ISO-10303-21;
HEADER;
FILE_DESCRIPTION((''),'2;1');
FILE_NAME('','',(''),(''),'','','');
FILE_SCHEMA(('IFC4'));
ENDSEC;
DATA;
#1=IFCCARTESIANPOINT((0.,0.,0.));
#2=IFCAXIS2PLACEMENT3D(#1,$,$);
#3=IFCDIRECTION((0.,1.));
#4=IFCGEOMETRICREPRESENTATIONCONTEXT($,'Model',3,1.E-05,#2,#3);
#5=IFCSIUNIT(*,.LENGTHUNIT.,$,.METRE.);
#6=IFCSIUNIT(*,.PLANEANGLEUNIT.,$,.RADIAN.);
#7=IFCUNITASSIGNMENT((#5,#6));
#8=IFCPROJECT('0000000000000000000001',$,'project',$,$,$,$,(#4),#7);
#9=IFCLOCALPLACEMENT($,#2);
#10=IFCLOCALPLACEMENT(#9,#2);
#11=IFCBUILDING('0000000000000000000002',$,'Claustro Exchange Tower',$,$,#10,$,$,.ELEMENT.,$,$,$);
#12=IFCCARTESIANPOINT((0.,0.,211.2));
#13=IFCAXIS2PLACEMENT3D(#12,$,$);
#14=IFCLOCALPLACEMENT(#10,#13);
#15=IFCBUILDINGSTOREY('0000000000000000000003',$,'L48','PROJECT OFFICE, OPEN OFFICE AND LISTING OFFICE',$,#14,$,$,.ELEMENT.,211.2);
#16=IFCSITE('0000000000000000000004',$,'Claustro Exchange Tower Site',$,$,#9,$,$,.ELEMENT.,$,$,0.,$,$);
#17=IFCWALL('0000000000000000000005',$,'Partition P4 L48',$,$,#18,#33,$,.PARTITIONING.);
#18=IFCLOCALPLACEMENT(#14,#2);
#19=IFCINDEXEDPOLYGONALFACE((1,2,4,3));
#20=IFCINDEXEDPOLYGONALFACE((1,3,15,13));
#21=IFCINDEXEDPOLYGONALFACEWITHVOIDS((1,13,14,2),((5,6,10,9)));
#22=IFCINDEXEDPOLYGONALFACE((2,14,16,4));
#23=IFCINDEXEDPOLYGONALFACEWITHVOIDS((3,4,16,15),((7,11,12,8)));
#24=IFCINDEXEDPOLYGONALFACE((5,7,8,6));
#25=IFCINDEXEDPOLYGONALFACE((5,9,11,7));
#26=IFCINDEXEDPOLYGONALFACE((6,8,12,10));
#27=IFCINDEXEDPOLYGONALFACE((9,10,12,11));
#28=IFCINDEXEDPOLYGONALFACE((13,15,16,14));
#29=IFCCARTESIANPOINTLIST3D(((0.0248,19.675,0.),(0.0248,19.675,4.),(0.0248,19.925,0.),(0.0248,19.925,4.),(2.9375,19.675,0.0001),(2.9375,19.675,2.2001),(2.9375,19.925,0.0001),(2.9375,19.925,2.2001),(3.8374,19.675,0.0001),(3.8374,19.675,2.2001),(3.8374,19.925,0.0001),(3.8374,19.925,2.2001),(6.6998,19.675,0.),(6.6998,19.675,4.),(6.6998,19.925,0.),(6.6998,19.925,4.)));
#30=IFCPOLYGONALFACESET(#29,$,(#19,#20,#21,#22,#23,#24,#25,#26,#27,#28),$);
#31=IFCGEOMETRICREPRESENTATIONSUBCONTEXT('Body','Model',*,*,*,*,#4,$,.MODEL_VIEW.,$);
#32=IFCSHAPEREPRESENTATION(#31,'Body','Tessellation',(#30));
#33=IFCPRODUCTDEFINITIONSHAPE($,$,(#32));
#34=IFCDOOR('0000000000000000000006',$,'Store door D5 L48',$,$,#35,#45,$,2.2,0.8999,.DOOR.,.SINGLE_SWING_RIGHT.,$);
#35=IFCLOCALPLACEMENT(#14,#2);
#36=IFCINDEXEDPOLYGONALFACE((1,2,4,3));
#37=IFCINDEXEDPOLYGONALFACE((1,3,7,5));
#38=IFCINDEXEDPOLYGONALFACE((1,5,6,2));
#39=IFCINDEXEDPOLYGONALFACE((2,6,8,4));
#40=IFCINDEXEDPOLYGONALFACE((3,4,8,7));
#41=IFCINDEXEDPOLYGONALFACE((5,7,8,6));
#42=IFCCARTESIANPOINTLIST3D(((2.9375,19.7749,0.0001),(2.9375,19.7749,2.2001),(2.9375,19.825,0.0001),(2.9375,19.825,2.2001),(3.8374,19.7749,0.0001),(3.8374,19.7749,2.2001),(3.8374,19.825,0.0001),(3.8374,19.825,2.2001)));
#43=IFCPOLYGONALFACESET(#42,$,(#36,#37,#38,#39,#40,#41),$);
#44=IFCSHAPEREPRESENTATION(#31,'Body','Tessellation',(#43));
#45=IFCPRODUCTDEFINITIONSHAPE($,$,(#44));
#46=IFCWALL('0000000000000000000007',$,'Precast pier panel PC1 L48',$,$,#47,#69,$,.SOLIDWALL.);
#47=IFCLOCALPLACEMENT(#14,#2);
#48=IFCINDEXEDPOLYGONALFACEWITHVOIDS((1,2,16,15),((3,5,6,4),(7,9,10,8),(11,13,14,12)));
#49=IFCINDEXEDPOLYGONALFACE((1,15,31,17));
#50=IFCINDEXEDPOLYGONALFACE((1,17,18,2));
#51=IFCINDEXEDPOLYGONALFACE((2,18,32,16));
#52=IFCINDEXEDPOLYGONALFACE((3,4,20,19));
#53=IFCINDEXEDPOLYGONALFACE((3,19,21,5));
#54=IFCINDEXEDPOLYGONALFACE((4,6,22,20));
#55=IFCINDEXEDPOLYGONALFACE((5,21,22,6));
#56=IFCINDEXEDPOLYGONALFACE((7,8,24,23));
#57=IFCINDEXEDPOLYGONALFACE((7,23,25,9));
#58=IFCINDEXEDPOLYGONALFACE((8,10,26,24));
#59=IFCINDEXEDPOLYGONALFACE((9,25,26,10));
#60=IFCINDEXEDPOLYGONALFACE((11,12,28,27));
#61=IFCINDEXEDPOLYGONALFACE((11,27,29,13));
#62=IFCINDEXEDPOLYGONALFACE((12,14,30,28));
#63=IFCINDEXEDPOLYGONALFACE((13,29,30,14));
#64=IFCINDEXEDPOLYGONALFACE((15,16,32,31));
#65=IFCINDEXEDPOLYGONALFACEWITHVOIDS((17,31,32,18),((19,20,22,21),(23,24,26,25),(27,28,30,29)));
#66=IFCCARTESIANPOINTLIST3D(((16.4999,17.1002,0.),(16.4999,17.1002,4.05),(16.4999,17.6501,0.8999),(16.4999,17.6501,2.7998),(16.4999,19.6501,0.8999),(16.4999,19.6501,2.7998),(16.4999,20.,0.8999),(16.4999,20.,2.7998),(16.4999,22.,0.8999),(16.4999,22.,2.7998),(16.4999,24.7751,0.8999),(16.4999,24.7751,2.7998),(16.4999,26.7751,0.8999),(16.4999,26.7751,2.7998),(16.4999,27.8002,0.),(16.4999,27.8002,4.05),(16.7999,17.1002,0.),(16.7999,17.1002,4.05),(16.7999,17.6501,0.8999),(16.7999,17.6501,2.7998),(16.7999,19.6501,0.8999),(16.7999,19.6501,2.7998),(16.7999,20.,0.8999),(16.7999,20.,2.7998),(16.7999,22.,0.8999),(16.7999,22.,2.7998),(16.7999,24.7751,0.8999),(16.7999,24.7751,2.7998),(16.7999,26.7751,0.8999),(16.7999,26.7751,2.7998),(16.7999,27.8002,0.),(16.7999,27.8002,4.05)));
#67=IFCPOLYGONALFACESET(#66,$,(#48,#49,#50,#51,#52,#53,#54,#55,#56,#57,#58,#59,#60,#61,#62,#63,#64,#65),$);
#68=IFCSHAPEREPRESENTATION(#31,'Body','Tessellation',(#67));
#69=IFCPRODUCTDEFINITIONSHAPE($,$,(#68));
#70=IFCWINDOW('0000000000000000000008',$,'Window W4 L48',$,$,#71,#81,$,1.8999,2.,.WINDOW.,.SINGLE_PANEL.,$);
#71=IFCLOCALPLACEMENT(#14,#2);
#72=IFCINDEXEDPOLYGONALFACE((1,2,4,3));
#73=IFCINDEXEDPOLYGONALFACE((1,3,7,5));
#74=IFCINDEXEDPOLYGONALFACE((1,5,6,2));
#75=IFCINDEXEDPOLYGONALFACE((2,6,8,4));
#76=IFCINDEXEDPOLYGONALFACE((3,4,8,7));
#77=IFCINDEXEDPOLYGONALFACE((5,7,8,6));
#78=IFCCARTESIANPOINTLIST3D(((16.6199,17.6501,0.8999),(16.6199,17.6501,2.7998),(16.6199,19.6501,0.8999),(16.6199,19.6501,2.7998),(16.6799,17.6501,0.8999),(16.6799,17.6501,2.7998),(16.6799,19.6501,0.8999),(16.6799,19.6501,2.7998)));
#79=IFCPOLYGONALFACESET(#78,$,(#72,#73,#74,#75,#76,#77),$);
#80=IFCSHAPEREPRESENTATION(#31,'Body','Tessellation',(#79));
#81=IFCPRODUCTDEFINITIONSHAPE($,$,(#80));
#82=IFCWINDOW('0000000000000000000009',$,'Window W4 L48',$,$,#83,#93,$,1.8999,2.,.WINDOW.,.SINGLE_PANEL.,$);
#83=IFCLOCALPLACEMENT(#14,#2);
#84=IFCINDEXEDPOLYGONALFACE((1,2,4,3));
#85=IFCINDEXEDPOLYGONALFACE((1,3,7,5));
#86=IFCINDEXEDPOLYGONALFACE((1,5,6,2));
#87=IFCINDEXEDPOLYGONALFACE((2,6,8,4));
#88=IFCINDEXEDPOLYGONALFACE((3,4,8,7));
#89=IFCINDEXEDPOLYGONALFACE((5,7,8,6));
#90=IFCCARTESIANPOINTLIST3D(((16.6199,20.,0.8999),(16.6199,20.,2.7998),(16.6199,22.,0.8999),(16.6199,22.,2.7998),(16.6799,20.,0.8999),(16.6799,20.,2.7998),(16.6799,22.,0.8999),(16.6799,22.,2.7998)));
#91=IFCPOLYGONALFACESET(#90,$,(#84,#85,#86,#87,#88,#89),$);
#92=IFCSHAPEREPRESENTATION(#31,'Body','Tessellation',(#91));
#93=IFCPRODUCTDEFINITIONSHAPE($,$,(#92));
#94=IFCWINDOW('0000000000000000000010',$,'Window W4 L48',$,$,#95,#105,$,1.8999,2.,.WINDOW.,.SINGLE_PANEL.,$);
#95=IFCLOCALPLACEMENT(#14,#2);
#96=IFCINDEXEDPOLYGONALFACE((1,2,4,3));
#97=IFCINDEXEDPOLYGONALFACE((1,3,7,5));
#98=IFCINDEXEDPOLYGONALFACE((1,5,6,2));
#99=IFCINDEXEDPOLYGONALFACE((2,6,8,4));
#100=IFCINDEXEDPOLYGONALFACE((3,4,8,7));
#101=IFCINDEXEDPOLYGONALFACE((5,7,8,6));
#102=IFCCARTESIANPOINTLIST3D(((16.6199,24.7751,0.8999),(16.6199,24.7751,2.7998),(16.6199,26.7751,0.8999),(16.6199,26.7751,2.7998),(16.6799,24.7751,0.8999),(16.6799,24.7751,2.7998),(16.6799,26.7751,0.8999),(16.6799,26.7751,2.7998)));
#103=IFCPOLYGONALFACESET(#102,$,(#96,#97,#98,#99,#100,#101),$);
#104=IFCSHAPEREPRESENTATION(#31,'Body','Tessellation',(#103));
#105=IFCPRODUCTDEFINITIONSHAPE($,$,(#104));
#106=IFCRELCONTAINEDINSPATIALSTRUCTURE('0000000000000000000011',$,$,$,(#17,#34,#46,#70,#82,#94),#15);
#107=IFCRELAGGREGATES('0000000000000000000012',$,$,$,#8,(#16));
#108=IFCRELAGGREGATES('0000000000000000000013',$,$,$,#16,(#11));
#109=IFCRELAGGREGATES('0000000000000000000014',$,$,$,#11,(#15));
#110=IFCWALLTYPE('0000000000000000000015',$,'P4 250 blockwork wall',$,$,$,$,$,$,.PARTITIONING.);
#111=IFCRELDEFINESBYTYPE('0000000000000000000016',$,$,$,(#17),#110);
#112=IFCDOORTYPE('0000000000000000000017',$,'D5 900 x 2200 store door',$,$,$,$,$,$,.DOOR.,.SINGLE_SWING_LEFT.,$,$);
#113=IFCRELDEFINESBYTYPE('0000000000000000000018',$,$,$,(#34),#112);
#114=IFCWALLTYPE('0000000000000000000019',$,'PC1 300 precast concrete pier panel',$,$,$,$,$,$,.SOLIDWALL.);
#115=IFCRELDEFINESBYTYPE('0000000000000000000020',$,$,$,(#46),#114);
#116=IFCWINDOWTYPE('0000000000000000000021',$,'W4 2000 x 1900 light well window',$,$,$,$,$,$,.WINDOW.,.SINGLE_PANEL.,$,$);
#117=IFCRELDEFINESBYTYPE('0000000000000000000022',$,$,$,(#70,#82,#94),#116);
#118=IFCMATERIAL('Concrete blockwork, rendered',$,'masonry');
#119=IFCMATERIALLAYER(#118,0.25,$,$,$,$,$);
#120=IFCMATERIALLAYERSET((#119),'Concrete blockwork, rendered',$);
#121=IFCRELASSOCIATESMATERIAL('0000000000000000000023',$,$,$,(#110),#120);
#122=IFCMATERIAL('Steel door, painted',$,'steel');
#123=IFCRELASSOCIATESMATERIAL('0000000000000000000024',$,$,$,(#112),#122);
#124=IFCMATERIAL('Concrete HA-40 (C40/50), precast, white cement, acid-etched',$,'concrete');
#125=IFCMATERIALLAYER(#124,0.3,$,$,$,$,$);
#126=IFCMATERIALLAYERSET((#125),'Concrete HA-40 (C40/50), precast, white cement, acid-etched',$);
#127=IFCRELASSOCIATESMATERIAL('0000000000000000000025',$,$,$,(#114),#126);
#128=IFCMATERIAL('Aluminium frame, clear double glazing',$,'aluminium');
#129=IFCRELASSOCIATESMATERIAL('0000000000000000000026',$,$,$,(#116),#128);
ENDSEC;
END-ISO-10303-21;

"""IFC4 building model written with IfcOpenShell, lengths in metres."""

from ifc_helpers import new_model, si_unit, direction, frame, frame_2d, origin, place, context, subcontext, project, spatial, rectangle, extrude, material, layer, layer_set, type_object, element, fill, save


model = new_model("IFC4")

# Units and contexts
model_context = context("Model", 3, precision=1e-05, world=origin(), true_north=direction((0.0, 1.0)))
body_context = subcontext(model_context, "Body", "Model", "MODEL_VIEW")
ifc_project = project(units=[si_unit("LENGTHUNIT", "METRE"), si_unit("PLANEANGLEUNIT", "RADIAN")], contexts=[model_context])

# Site, building, storey
site_placement = place(None, origin())
site = spatial("IfcSite", under=ifc_project, at=site_placement, Name="Claustro Exchange Tower Site", CompositionType="ELEMENT", RefElevation=0.0)
building_placement = place(site_placement, origin())
building = spatial("IfcBuilding", under=site, at=building_placement, Name="Claustro Exchange Tower", CompositionType="ELEMENT")
storey_placement = place(building_placement, frame((0.0, 0.0, 211.2)))
storey = spatial("IfcBuildingStorey", under=building, at=storey_placement, Name="L48", Description="PROJECT OFFICE, OPEN OFFICE AND LISTING OFFICE", CompositionType="ELEMENT", Elevation=211.2)

# Wall, opening, door
ifc_material_1 = material(Name="Concrete blockwork, rendered", Category="masonry")
ifc_layer_1 = layer(ifc_material_1, 0.25)
ifc_layer_set_1 = layer_set([ifc_layer_1], Name="Concrete blockwork, rendered")
wall_type_1 = type_object("IfcWallType", Name="P4 250 blockwork wall", PredefinedType="PARTITIONING", material=ifc_layer_set_1)
wall_1_placement = place(storey_placement, frame((0.0249, 19.8, 0.0), z_axis=(0.0, 0.0, 1.0), x_axis=(1.0, 0.0, 0.0)))
wall_1 = element("IfcWall", 1, at=wall_1_placement, inside=storey, type_object=wall_type_1, Name="Partition P4 L48", PredefinedType="PARTITIONING", context=body_context, shape_type="SweptSolid", body=[
    extrude(rectangle(XDim=6.675, YDim=0.25, at=frame_2d((3.3374, 0.0))), origin(), (0.0, 0.0, 1.0), 4.0),
])
opening_1_placement = place(wall_1_placement, frame((2.9126, 0.0, 0.0)))
opening_1 = element("IfcOpeningElement", 2, at=opening_1_placement, cuts=wall_1, PredefinedType="OPENING", context=body_context, shape_type="SweptSolid", body=[
    extrude(rectangle(XDim=0.8999, YDim=2.2, at=frame_2d((0.45, 1.1001))), frame((0.0, 0.135, 0.0), z_axis=(0.0, -1.0, 0.0), x_axis=(1.0, 0.0, 0.0)), (0.0, 0.0, 1.0), 0.27),
])
ifc_material_2 = material(Name="Steel door, painted", Category="steel")
door_type = type_object("IfcDoorType", Name="D5 900 x 2200 store door", OperationType="SINGLE_SWING_LEFT", PredefinedType="DOOR", material=ifc_material_2)
door_placement = place(opening_1_placement, origin())
door = element("IfcDoor", 3, at=door_placement, inside=storey, type_object=door_type, Name="Store door D5 L48", OperationType="SINGLE_SWING_RIGHT", OverallHeight=2.2, OverallWidth=0.8999, PredefinedType="DOOR", context=body_context, shape_type="SweptSolid", body=[
    extrude(rectangle(XDim=0.8999, YDim=2.2, at=frame_2d((0.45, 1.1001))), frame((0.0, 0.0249, 0.0), z_axis=(0.0, -1.0, 0.0), x_axis=(1.0, 0.0, 0.0)), (0.0, 0.0, 1.0), 0.05),
])
fill(opening_1, door)

# Wall, openings, windows
ifc_material_3 = material(Name="Concrete HA-40 (C40/50), precast, white cement, acid-etched", Category="concrete")
ifc_layer_2 = layer(ifc_material_3, 0.3)
ifc_layer_set_2 = layer_set([ifc_layer_2], Name="Concrete HA-40 (C40/50), precast, white cement, acid-etched")
wall_type_2 = type_object("IfcWallType", Name="PC1 300 precast concrete pier panel", PredefinedType="SOLIDWALL", material=ifc_layer_set_2)
wall_2_placement = place(storey_placement, frame((16.6499, 17.1001, 0.0), z_axis=(0.0, 0.0, 1.0), x_axis=(0.0, 1.0, 0.0)))
wall_2 = element("IfcWall", 4, at=wall_2_placement, inside=storey, type_object=wall_type_2, Name="Precast pier panel PC1 L48", PredefinedType="SOLIDWALL", context=body_context, shape_type="SweptSolid", body=[
    extrude(rectangle(XDim=10.7, YDim=0.3, at=frame_2d((5.3501, 0.0))), origin(), (0.0, 0.0, 1.0), 4.05),
])
opening_2_placement = place(wall_2_placement, frame((0.55, 0.0, 0.8999)))
opening_2 = element("IfcOpeningElement", 5, at=opening_2_placement, cuts=wall_2, PredefinedType="OPENING", context=body_context, shape_type="SweptSolid", body=[
    extrude(rectangle(XDim=2.0, YDim=1.8999, at=frame_2d((1.0, 0.95))), frame((0.0, 0.1599, 0.0), z_axis=(0.0, -1.0, 0.0), x_axis=(1.0, 0.0, 0.0)), (0.0, 0.0, 1.0), 0.3201),
])
opening_3_placement = place(wall_2_placement, frame((2.8999, 0.0, 0.8999)))
opening_3 = element("IfcOpeningElement", 6, at=opening_3_placement, cuts=wall_2, PredefinedType="OPENING", context=body_context, shape_type="SweptSolid", body=[
    extrude(rectangle(XDim=2.0, YDim=1.8999, at=frame_2d((1.0, 0.95))), frame((0.0, 0.1599, 0.0), z_axis=(0.0, -1.0, 0.0), x_axis=(1.0, 0.0, 0.0)), (0.0, 0.0, 1.0), 0.3201),
])
opening_4_placement = place(wall_2_placement, frame((7.675, 0.0, 0.8999)))
opening_4 = element("IfcOpeningElement", 7, at=opening_4_placement, cuts=wall_2, PredefinedType="OPENING", context=body_context, shape_type="SweptSolid", body=[
    extrude(rectangle(XDim=2.0, YDim=1.8999, at=frame_2d((1.0, 0.95))), frame((0.0, 0.1599, 0.0), z_axis=(0.0, -1.0, 0.0), x_axis=(1.0, 0.0, 0.0)), (0.0, 0.0, 1.0), 0.3201),
])
ifc_material_4 = material(Name="Aluminium frame, clear double glazing", Category="aluminium")
window_type = type_object("IfcWindowType", Name="W4 2000 x 1900 light well window", PartitioningType="SINGLE_PANEL", PredefinedType="WINDOW", material=ifc_material_4)
window_1_placement = place(opening_2_placement, origin())
window_1 = element("IfcWindow", 8, at=window_1_placement, inside=storey, type_object=window_type, Name="Window W4 L48", OverallHeight=1.8999, OverallWidth=2.0, PartitioningType="SINGLE_PANEL", PredefinedType="WINDOW", context=body_context, shape_type="SweptSolid", body=[
    extrude(rectangle(XDim=2.0, YDim=1.8999, at=frame_2d((1.0, 0.95))), frame((0.0, 0.03, 0.0), z_axis=(0.0, -1.0, 0.0), x_axis=(1.0, 0.0, 0.0)), (0.0, 0.0, 1.0), 0.0601),
])
fill(opening_2, window_1)
window_2_placement = place(opening_3_placement, origin())
window_2 = element("IfcWindow", 9, at=window_2_placement, inside=storey, type_object=window_type, Name="Window W4 L48", OverallHeight=1.8999, OverallWidth=2.0, PartitioningType="SINGLE_PANEL", PredefinedType="WINDOW", context=body_context, shape_type="SweptSolid", body=[
    extrude(rectangle(XDim=2.0, YDim=1.8999, at=frame_2d((1.0, 0.95))), frame((0.0, 0.03, 0.0), z_axis=(0.0, -1.0, 0.0), x_axis=(1.0, 0.0, 0.0)), (0.0, 0.0, 1.0), 0.0601),
])
fill(opening_3, window_2)
window_3_placement = place(opening_4_placement, origin())
window_3 = element("IfcWindow", 10, at=window_3_placement, inside=storey, type_object=window_type, Name="Window W4 L48", OverallHeight=1.8999, OverallWidth=2.0, PartitioningType="SINGLE_PANEL", PredefinedType="WINDOW", context=body_context, shape_type="SweptSolid", body=[
    extrude(rectangle(XDim=2.0, YDim=1.8999, at=frame_2d((1.0, 0.95))), frame((0.0, 0.03, 0.0), z_axis=(0.0, -1.0, 0.0), x_axis=(1.0, 0.0, 0.0)), (0.0, 0.0, 1.0), 0.0601),
])
fill(opening_4, window_3)

save(model, "model.ifc")
